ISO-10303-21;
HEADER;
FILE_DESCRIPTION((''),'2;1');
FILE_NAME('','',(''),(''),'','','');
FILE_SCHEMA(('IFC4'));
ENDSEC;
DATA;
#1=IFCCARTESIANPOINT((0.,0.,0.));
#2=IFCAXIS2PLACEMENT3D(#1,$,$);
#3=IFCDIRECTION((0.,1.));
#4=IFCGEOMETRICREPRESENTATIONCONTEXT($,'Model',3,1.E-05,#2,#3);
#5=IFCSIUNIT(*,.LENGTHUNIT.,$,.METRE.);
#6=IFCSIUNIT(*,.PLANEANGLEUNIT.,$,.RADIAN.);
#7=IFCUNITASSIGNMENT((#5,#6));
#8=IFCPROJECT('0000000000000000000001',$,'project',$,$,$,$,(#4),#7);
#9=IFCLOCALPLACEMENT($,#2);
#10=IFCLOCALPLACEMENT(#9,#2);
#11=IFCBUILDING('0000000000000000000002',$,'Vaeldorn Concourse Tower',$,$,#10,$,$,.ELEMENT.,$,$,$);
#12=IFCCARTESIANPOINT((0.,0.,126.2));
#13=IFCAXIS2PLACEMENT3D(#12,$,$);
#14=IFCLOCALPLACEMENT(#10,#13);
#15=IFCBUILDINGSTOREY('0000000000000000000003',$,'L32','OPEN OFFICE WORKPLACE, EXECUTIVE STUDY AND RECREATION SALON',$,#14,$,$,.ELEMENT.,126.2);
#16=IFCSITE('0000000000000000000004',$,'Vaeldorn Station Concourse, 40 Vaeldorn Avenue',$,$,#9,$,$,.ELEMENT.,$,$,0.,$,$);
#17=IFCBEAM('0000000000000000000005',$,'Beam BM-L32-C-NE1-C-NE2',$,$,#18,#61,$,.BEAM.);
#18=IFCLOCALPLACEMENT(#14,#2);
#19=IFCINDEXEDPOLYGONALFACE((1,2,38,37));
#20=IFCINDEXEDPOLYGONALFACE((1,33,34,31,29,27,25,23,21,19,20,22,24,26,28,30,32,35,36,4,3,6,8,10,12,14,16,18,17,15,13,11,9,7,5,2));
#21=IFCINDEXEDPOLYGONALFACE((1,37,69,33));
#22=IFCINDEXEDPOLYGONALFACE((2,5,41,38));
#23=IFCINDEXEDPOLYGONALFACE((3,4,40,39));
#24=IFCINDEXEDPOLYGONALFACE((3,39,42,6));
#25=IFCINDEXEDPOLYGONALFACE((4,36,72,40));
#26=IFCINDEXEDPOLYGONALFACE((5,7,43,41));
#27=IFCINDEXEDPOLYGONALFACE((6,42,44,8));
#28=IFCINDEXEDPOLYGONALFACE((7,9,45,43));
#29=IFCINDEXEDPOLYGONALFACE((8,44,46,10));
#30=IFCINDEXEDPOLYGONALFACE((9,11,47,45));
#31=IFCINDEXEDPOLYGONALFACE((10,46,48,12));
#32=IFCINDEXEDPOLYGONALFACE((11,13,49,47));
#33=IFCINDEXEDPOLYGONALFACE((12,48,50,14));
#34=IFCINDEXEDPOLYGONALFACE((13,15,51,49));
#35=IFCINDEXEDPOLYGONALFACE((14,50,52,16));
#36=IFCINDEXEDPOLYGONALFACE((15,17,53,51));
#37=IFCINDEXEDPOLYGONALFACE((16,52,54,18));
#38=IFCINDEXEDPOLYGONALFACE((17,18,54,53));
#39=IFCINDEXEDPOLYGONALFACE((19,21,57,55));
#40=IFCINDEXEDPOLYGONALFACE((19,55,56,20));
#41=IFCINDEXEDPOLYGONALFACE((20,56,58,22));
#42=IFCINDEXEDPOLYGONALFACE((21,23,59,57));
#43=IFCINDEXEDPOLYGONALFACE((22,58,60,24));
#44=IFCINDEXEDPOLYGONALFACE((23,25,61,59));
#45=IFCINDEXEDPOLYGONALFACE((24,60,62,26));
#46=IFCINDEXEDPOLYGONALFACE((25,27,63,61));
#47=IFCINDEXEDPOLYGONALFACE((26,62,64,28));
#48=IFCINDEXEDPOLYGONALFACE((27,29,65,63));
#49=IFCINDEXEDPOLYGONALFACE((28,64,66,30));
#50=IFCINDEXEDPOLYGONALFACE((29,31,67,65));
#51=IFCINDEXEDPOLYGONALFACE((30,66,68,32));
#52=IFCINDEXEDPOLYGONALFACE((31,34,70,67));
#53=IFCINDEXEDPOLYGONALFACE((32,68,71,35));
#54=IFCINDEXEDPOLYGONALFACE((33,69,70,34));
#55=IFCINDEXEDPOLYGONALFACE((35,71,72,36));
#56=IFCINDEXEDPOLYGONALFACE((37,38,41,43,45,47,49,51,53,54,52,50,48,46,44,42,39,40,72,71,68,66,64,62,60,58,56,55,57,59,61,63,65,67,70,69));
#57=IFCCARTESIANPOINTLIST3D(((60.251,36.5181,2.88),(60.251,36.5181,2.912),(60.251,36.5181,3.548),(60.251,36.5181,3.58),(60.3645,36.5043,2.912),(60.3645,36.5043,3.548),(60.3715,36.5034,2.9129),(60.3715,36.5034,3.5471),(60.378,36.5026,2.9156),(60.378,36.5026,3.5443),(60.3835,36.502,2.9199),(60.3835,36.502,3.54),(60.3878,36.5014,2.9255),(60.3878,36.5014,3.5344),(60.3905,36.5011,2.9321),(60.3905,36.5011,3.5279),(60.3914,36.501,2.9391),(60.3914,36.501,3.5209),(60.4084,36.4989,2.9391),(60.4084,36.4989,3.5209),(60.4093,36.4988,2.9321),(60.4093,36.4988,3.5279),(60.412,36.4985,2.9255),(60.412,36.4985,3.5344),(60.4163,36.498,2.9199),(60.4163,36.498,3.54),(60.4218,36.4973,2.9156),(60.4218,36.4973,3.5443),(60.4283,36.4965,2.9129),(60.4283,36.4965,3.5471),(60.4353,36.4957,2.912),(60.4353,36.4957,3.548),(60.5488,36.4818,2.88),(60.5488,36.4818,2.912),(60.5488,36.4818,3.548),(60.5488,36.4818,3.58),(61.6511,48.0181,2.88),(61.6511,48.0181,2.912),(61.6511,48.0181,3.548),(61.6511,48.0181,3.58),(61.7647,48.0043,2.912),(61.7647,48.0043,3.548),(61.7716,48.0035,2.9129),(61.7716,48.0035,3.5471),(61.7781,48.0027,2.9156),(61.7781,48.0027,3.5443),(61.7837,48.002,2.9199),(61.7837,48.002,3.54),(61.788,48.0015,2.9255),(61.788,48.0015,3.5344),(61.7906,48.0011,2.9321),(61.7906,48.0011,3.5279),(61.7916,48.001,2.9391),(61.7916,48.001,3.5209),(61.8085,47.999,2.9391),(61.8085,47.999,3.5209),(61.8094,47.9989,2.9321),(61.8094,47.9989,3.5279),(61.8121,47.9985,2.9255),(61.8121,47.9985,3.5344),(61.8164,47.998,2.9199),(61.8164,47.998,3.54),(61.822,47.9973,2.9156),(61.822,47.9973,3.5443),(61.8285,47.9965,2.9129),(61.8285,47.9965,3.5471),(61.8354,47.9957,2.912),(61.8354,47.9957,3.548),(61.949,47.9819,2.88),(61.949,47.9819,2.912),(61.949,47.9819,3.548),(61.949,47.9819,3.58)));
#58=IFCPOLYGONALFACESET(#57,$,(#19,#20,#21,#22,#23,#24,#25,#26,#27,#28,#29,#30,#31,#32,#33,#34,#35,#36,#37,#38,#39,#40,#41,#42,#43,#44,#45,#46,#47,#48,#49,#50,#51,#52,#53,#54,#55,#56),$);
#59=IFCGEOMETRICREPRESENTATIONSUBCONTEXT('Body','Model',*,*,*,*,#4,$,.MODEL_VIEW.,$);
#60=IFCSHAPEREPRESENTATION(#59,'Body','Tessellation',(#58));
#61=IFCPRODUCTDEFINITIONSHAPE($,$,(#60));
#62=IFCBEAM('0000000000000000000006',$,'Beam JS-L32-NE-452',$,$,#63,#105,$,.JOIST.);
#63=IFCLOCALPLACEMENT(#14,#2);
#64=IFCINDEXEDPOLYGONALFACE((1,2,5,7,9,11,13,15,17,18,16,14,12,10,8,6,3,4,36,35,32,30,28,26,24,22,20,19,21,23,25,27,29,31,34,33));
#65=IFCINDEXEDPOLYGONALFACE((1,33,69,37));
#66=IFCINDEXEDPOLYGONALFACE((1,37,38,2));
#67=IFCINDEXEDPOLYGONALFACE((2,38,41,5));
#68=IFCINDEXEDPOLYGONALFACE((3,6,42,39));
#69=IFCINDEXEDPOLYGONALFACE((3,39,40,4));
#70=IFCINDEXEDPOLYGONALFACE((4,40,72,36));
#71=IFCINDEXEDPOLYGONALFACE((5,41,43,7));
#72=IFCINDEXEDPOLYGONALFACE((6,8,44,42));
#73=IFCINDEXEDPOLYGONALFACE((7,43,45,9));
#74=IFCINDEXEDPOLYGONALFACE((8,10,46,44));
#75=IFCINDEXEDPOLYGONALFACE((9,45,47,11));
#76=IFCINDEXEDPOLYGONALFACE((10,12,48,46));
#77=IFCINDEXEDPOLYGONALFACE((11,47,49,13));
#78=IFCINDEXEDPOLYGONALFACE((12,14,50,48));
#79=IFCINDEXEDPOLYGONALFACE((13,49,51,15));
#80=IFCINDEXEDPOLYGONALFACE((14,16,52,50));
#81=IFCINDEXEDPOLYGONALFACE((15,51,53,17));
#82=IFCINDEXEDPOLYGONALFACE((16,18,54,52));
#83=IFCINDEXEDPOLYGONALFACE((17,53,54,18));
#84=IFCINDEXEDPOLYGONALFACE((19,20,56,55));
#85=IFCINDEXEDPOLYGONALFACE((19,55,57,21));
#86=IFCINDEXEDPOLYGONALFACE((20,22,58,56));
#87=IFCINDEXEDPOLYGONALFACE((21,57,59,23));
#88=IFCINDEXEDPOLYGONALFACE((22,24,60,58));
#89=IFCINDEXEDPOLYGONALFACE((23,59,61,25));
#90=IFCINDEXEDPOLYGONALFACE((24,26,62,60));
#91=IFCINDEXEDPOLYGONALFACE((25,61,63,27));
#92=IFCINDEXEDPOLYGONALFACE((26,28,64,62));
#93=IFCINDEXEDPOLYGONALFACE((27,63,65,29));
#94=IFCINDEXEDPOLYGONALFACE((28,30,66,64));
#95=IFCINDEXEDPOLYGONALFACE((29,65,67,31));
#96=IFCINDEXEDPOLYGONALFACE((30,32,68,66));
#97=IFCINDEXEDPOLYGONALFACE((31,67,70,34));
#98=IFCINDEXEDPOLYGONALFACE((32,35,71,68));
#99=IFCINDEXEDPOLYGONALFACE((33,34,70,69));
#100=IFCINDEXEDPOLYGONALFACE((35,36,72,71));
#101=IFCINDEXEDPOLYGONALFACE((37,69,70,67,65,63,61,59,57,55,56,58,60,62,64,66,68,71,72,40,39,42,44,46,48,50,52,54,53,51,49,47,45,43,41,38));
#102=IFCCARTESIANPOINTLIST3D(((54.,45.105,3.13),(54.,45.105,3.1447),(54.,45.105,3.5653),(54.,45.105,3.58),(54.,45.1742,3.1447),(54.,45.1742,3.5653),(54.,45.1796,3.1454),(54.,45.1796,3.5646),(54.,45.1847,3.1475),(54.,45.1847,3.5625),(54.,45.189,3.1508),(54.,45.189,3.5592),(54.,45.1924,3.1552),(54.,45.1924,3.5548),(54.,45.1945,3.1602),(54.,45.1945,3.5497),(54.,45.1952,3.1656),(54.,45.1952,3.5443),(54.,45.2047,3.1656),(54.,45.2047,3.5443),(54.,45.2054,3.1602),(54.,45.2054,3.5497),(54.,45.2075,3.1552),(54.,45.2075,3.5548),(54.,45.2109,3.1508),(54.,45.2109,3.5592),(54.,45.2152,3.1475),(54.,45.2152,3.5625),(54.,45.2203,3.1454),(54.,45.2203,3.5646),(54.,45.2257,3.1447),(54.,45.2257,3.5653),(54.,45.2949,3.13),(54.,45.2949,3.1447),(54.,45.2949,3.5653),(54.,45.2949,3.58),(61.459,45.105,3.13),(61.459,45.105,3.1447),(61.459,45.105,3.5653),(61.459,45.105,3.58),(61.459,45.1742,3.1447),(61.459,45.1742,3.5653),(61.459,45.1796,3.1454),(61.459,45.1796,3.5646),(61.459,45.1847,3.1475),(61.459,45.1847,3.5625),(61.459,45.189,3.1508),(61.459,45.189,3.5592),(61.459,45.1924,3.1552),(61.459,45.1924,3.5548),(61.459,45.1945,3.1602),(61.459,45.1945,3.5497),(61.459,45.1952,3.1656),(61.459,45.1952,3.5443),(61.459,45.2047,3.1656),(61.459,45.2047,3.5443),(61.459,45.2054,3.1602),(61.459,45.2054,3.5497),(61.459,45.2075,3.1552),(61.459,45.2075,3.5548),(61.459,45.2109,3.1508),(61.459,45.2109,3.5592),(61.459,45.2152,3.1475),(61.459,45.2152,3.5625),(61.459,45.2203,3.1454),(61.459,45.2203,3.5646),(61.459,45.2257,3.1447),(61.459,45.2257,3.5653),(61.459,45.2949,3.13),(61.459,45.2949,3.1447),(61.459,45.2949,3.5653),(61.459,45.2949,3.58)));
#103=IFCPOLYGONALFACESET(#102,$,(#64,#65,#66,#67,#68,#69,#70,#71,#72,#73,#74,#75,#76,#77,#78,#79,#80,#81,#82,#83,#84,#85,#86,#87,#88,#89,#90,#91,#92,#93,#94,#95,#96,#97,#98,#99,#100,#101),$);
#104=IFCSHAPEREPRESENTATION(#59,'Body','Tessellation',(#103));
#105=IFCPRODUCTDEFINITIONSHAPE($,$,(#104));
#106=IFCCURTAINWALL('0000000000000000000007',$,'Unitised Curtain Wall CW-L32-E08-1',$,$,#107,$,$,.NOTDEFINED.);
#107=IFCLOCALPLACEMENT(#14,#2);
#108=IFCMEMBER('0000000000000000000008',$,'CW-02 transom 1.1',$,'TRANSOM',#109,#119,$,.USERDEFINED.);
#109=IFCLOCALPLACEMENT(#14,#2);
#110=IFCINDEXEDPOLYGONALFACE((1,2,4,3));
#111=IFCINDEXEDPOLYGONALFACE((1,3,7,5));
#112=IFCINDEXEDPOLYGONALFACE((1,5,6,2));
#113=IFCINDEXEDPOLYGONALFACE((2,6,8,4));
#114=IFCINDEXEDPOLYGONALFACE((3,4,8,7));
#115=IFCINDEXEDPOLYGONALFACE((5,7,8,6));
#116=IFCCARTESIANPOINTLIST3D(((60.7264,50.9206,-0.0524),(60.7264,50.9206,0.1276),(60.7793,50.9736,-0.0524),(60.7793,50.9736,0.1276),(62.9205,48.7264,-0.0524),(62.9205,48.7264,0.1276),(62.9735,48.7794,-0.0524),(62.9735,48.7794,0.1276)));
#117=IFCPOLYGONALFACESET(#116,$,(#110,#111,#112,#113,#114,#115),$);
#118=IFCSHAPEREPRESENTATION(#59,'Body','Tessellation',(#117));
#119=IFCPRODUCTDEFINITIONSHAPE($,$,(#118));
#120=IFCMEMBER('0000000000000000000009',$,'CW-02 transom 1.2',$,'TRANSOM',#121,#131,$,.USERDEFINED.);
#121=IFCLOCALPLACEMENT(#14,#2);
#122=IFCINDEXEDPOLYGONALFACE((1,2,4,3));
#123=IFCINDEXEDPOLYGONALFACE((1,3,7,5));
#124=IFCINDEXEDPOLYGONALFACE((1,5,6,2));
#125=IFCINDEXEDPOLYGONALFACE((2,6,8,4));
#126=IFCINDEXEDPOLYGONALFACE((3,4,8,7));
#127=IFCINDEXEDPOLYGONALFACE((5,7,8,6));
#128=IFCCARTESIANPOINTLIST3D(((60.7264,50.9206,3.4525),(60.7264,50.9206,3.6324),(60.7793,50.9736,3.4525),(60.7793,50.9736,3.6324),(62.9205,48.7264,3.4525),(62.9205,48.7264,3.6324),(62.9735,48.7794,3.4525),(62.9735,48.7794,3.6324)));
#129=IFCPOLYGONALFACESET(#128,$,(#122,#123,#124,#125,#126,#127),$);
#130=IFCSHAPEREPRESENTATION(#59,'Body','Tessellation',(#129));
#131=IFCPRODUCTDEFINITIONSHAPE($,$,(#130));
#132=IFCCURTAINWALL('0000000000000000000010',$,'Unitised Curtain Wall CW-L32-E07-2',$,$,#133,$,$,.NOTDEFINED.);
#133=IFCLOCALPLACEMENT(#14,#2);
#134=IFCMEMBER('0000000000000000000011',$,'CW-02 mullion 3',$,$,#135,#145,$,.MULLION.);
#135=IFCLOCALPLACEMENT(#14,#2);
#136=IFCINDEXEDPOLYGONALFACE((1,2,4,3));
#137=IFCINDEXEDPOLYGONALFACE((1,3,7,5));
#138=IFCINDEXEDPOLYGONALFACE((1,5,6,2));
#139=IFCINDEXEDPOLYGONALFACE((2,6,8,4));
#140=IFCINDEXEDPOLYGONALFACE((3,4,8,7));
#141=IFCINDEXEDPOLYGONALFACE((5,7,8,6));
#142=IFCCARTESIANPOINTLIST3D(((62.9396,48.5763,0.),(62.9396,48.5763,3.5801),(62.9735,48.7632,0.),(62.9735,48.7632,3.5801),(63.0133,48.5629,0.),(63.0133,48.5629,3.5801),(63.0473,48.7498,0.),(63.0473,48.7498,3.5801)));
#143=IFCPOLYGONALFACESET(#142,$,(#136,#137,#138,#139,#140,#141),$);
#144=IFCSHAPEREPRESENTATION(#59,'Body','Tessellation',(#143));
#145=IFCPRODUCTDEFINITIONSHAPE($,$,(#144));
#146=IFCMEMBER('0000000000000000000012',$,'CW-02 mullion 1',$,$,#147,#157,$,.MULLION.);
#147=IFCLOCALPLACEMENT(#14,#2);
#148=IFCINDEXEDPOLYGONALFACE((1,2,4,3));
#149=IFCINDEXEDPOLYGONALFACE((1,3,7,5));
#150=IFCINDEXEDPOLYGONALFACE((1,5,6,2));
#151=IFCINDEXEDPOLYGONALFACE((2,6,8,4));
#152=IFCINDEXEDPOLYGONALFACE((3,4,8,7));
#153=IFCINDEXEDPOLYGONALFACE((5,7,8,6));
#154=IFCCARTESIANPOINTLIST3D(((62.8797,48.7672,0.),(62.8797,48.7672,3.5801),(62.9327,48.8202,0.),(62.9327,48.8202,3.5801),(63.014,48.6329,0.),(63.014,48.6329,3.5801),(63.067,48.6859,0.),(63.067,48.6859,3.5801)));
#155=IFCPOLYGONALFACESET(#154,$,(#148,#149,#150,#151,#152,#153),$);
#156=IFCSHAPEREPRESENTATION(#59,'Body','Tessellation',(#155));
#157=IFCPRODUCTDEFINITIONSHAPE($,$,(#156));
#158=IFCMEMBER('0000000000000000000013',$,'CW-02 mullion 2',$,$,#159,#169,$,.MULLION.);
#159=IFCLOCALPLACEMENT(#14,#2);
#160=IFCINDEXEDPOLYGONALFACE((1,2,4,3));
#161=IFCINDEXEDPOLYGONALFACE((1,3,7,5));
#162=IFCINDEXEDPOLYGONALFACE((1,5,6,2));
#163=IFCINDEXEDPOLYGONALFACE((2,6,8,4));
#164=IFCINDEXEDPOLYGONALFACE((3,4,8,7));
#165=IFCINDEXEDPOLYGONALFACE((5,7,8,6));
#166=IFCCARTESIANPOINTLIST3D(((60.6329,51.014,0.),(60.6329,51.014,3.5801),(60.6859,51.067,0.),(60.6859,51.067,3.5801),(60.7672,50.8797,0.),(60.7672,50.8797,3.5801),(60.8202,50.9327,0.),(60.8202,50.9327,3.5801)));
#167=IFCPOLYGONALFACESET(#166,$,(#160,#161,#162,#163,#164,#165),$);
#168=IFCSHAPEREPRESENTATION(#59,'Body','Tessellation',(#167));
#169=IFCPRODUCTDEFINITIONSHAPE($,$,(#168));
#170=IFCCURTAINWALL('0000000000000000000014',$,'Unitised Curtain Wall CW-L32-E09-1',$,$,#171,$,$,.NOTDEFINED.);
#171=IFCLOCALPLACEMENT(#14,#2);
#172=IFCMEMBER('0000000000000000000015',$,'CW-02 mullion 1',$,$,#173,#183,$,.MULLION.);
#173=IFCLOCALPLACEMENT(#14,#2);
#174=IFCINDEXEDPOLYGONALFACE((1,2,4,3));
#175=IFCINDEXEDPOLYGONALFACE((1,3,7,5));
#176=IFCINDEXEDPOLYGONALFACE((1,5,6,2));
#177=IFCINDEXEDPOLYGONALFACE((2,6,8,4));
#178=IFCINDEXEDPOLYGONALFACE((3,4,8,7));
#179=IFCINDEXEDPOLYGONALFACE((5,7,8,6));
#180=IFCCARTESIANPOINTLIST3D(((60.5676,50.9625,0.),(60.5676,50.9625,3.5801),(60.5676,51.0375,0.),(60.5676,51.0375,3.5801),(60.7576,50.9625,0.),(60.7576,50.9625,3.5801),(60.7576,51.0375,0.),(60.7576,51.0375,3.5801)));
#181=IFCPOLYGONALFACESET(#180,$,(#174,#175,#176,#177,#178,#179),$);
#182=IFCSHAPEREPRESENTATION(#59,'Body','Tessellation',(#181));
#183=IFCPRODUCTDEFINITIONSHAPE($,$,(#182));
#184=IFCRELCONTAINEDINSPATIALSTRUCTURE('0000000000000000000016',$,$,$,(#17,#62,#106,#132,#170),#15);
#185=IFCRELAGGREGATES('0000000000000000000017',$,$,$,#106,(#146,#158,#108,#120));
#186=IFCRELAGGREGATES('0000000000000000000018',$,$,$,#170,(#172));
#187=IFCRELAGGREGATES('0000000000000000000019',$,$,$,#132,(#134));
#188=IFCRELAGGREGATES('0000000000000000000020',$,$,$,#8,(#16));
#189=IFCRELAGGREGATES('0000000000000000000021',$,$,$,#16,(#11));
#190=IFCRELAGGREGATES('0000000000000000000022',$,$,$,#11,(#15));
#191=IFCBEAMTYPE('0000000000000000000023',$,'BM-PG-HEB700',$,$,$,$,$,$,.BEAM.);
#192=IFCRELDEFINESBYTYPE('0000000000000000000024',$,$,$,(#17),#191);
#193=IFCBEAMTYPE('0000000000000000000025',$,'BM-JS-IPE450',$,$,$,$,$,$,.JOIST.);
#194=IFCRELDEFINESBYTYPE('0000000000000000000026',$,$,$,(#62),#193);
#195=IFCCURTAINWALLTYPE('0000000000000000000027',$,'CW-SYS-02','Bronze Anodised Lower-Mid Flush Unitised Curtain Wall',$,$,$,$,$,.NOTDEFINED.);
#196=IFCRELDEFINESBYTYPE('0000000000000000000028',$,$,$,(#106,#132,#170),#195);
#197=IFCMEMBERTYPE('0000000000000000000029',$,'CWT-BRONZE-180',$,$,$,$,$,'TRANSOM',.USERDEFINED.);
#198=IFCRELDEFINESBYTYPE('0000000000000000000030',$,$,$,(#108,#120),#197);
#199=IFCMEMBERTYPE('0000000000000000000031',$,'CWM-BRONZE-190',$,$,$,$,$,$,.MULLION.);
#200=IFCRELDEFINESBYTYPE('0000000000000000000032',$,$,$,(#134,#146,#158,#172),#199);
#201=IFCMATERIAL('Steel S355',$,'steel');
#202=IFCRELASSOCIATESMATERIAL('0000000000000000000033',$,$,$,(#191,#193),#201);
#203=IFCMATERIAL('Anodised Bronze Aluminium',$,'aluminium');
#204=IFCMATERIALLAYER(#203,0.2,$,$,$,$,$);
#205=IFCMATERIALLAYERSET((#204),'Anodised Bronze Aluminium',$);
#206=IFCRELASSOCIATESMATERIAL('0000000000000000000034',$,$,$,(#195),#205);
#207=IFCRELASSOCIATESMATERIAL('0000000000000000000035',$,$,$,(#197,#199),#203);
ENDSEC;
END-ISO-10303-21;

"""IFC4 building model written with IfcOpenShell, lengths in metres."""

from ifc_helpers import new_model, si_unit, direction, frame, origin, origin_2d, place, context, subcontext, project, spatial, rectangle, i_section, extrude, source, transform, mapped, material, layer, layer_set, material_profile, profile_set, type_object, element, aggregate, save


model = new_model("IFC4")

# Units and contexts
model_context = context("Model", 3, precision=1e-05, world=origin(), true_north=direction((0.0, 1.0)))
body_context = subcontext(model_context, "Body", "Model", "MODEL_VIEW")
ifc_project = project(units=[si_unit("LENGTHUNIT", "METRE"), si_unit("PLANEANGLEUNIT", "RADIAN")], contexts=[model_context])

# Site, building, storey
site_placement = place(None, origin())
site = spatial("IfcSite", under=ifc_project, at=site_placement, Name="Vaeldorn Station Concourse, 40 Vaeldorn Avenue", CompositionType="ELEMENT", RefElevation=0.0)
building_placement = place(site_placement, origin())
building = spatial("IfcBuilding", under=site, at=building_placement, Name="Vaeldorn Concourse Tower", CompositionType="ELEMENT")
storey_placement = place(building_placement, frame((0.0, 0.0, 126.2)))
storey = spatial("IfcBuildingStorey", under=building, at=storey_placement, Name="L32", Description="OPEN OFFICE WORKPLACE, EXECUTIVE STUDY AND RECREATION SALON", CompositionType="ELEMENT", Elevation=126.2)

# Beams
ifc_material_1 = material(Name="Steel S355", Category="steel")
ifc_material_profile_1 = material_profile(ifc_material_1, i_section(OverallWidth=0.3, OverallDepth=0.7, WebThickness=0.0171, FlangeThickness=0.032, FilletRadius=0.0271, at=origin_2d()), Name="HEB 700")
ifc_profile_set_1 = profile_set([ifc_material_profile_1], Name="Steel S355")
beam_type_1 = type_object("IfcBeamType", Name="BM-PG-HEB700", PredefinedType="BEAM", material=ifc_profile_set_1)
shared_shape_1 = source(origin(), body_context, "Body", "SweptSolid", [
    extrude(i_section(OverallWidth=0.3, OverallDepth=0.7, WebThickness=0.0171, FlangeThickness=0.032, FilletRadius=0.0271, at=origin_2d()), origin(), (0.0, 0.0, 1.0), 11.585),
])
beam_1_placement = place(storey_placement, frame((61.8, 48.0, 3.23), z_axis=(-0.120859, -0.99267, 0.0), x_axis=(0.99267, -0.120859, 0.0)))
element("IfcBeam", 1, at=beam_1_placement, inside=storey, type_object=beam_type_1, Name="Beam BM-L32-C-NE1-C-NE2", PredefinedType="BEAM", context=body_context, shape_type="MappedRepresentation", body=[
    mapped(shared_shape_1, transform((0.0, 0.0, 0.0), scale=1.0)),
])
ifc_material_profile_2 = material_profile(ifc_material_1, i_section(OverallWidth=0.1899, OverallDepth=0.45, WebThickness=0.0095, FlangeThickness=0.0146, FilletRadius=0.021, at=origin_2d()), Name="IPE 450")
ifc_profile_set_2 = profile_set([ifc_material_profile_2], Name="Steel S355")
beam_type_2 = type_object("IfcBeamType", Name="BM-JS-IPE450", PredefinedType="JOIST", material=ifc_profile_set_2)
shared_shape_2 = source(origin(), body_context, "Body", "SweptSolid", [
    extrude(i_section(OverallWidth=0.1899, OverallDepth=0.45, WebThickness=0.0095, FlangeThickness=0.0146, FilletRadius=0.021, at=origin_2d()), origin(), (0.0, 0.0, 1.0), 7.459),
])
beam_2_placement = place(storey_placement, frame((54.0, 45.2, 3.355), z_axis=(1.0, 0.0, 0.0), x_axis=(0.0, 1.0, 0.0)))
element("IfcBeam", 2, at=beam_2_placement, inside=storey, type_object=beam_type_2, Name="Beam JS-L32-NE-452", PredefinedType="JOIST", context=body_context, shape_type="MappedRepresentation", body=[
    mapped(shared_shape_2, transform((0.0, 0.0, 0.0), scale=1.0)),
])

# Curtain wall, members
ifc_material_2 = material(Name="Anodised Bronze Aluminium", Category="aluminium")
ifc_layer_1 = layer(ifc_material_2, 0.2)
ifc_layer_set_1 = layer_set([ifc_layer_1], Name="Anodised Bronze Aluminium")
curtain_wall_type = type_object("IfcCurtainWallType", Name="CW-SYS-02", Description="Bronze Anodised Lower-Mid Flush Unitised Curtain Wall", PredefinedType="NOTDEFINED", material=ifc_layer_set_1)
curtain_wall_1_placement = place(storey_placement, origin())
curtain_wall_1 = element("IfcCurtainWall", 3, at=curtain_wall_1_placement, inside=storey, type_object=curtain_wall_type, Name="Unitised Curtain Wall CW-L32-E08-1", PredefinedType="NOTDEFINED")
ifc_material_profile_3 = material_profile(ifc_material_2, rectangle(XDim=0.075, YDim=0.1799, at=origin_2d()), Name="CWT 75x180")
ifc_profile_set_3 = profile_set([ifc_material_profile_3], Name="Anodised Bronze Aluminium")
member_type_1 = type_object("IfcMemberType", Name="CWT-BRONZE-180", ElementType="TRANSOM", PredefinedType="USERDEFINED", material=ifc_profile_set_3)
shared_shape_3 = source(origin(), body_context, "Body", "SweptSolid", [
    extrude(rectangle(XDim=0.075, YDim=0.1799, at=origin_2d()), origin(), (0.0, 0.0, 1.0), 3.103),
])
member_1_placement = place(storey_placement, frame((62.947, 48.7529, 0.0376), z_axis=(-0.707107, 0.707107, 0.0), x_axis=(-0.707107, -0.707107, 0.0)))
member_1 = element("IfcMember", 4, at=member_1_placement, type_object=member_type_1, Name="CW-02 transom 1.1", ObjectType="TRANSOM", PredefinedType="USERDEFINED", context=body_context, shape_type="MappedRepresentation", body=[
    mapped(shared_shape_3, transform((0.0, 0.0, 0.0), scale=1.0)),
])
member_2_placement = place(storey_placement, frame((62.947, 48.7529, 3.5425), z_axis=(-0.707107, 0.707107, 0.0), x_axis=(-0.707107, -0.707107, 0.0)))
member_2 = element("IfcMember", 5, at=member_2_placement, type_object=member_type_1, Name="CW-02 transom 1.2", ObjectType="TRANSOM", PredefinedType="USERDEFINED", context=body_context, shape_type="MappedRepresentation", body=[
    mapped(shared_shape_3, transform((0.0, 0.0, 0.0), scale=1.0)),
])

# Curtain wall, member
curtain_wall_2_placement = place(storey_placement, origin())
curtain_wall_2 = element("IfcCurtainWall", 6, at=curtain_wall_2_placement, inside=storey, type_object=curtain_wall_type, Name="Unitised Curtain Wall CW-L32-E07-2", PredefinedType="NOTDEFINED")
ifc_material_profile_4 = material_profile(ifc_material_2, rectangle(XDim=0.075, YDim=0.1899, at=origin_2d()), Name="CWM 75x190")
ifc_profile_set_4 = profile_set([ifc_material_profile_4], Name="Anodised Bronze Aluminium")
member_type_2 = type_object("IfcMemberType", Name="CWM-BRONZE-190", PredefinedType="MULLION", material=ifc_profile_set_4)
shared_shape_4 = source(origin(), body_context, "Body", "SweptSolid", [
    extrude(rectangle(XDim=0.075, YDim=0.1899, at=origin_2d()), origin(), (0.0, 0.0, 1.0), 3.5801),
])
member_3_placement = place(storey_placement, frame((62.9934, 48.6631, 0.0), z_axis=(0.0, 0.0, 1.0), x_axis=(-0.983874, 0.178861, 0.0)))
member_3 = element("IfcMember", 7, at=member_3_placement, type_object=member_type_2, Name="CW-02 mullion 3", PredefinedType="MULLION", context=body_context, shape_type="MappedRepresentation", body=[
    mapped(shared_shape_4, transform((0.0, 0.0, 0.0), scale=1.0)),
])

# Members
member_4_placement = place(storey_placement, frame((62.9734, 48.7266, 0.0), z_axis=(0.0, 0.0, 1.0), x_axis=(-0.707107, -0.707107, 0.0)))
member_4 = element("IfcMember", 8, at=member_4_placement, type_object=member_type_2, Name="CW-02 mullion 1", PredefinedType="MULLION", context=body_context, shape_type="MappedRepresentation", body=[
    mapped(shared_shape_4, transform((0.0, 0.0, 0.0), scale=1.0)),
])
member_5_placement = place(storey_placement, frame((60.7266, 50.9734, 0.0), z_axis=(0.0, 0.0, 1.0), x_axis=(-0.707107, -0.707107, 0.0)))
member_5 = element("IfcMember", 9, at=member_5_placement, type_object=member_type_2, Name="CW-02 mullion 2", PredefinedType="MULLION", context=body_context, shape_type="MappedRepresentation", body=[
    mapped(shared_shape_4, transform((0.0, 0.0, 0.0), scale=1.0)),
])

# Curtain wall, member
curtain_wall_3_placement = place(storey_placement, origin())
curtain_wall_3 = element("IfcCurtainWall", 10, at=curtain_wall_3_placement, inside=storey, type_object=curtain_wall_type, Name="Unitised Curtain Wall CW-L32-E09-1", PredefinedType="NOTDEFINED")
member_6_placement = place(storey_placement, frame((60.6626, 51.0, 0.0), z_axis=(0.0, 0.0, 1.0), x_axis=(0.0, -1.0, 0.0)))
member_6 = element("IfcMember", 11, at=member_6_placement, type_object=member_type_2, Name="CW-02 mullion 1", PredefinedType="MULLION", context=body_context, shape_type="MappedRepresentation", body=[
    mapped(shared_shape_4, transform((0.0, 0.0, 0.0), scale=1.0)),
])

aggregate(curtain_wall_1, [member_4, member_5, member_1, member_2])
aggregate(curtain_wall_3, [member_6])
aggregate(curtain_wall_2, [member_3])

save(model, "model.ifc")
